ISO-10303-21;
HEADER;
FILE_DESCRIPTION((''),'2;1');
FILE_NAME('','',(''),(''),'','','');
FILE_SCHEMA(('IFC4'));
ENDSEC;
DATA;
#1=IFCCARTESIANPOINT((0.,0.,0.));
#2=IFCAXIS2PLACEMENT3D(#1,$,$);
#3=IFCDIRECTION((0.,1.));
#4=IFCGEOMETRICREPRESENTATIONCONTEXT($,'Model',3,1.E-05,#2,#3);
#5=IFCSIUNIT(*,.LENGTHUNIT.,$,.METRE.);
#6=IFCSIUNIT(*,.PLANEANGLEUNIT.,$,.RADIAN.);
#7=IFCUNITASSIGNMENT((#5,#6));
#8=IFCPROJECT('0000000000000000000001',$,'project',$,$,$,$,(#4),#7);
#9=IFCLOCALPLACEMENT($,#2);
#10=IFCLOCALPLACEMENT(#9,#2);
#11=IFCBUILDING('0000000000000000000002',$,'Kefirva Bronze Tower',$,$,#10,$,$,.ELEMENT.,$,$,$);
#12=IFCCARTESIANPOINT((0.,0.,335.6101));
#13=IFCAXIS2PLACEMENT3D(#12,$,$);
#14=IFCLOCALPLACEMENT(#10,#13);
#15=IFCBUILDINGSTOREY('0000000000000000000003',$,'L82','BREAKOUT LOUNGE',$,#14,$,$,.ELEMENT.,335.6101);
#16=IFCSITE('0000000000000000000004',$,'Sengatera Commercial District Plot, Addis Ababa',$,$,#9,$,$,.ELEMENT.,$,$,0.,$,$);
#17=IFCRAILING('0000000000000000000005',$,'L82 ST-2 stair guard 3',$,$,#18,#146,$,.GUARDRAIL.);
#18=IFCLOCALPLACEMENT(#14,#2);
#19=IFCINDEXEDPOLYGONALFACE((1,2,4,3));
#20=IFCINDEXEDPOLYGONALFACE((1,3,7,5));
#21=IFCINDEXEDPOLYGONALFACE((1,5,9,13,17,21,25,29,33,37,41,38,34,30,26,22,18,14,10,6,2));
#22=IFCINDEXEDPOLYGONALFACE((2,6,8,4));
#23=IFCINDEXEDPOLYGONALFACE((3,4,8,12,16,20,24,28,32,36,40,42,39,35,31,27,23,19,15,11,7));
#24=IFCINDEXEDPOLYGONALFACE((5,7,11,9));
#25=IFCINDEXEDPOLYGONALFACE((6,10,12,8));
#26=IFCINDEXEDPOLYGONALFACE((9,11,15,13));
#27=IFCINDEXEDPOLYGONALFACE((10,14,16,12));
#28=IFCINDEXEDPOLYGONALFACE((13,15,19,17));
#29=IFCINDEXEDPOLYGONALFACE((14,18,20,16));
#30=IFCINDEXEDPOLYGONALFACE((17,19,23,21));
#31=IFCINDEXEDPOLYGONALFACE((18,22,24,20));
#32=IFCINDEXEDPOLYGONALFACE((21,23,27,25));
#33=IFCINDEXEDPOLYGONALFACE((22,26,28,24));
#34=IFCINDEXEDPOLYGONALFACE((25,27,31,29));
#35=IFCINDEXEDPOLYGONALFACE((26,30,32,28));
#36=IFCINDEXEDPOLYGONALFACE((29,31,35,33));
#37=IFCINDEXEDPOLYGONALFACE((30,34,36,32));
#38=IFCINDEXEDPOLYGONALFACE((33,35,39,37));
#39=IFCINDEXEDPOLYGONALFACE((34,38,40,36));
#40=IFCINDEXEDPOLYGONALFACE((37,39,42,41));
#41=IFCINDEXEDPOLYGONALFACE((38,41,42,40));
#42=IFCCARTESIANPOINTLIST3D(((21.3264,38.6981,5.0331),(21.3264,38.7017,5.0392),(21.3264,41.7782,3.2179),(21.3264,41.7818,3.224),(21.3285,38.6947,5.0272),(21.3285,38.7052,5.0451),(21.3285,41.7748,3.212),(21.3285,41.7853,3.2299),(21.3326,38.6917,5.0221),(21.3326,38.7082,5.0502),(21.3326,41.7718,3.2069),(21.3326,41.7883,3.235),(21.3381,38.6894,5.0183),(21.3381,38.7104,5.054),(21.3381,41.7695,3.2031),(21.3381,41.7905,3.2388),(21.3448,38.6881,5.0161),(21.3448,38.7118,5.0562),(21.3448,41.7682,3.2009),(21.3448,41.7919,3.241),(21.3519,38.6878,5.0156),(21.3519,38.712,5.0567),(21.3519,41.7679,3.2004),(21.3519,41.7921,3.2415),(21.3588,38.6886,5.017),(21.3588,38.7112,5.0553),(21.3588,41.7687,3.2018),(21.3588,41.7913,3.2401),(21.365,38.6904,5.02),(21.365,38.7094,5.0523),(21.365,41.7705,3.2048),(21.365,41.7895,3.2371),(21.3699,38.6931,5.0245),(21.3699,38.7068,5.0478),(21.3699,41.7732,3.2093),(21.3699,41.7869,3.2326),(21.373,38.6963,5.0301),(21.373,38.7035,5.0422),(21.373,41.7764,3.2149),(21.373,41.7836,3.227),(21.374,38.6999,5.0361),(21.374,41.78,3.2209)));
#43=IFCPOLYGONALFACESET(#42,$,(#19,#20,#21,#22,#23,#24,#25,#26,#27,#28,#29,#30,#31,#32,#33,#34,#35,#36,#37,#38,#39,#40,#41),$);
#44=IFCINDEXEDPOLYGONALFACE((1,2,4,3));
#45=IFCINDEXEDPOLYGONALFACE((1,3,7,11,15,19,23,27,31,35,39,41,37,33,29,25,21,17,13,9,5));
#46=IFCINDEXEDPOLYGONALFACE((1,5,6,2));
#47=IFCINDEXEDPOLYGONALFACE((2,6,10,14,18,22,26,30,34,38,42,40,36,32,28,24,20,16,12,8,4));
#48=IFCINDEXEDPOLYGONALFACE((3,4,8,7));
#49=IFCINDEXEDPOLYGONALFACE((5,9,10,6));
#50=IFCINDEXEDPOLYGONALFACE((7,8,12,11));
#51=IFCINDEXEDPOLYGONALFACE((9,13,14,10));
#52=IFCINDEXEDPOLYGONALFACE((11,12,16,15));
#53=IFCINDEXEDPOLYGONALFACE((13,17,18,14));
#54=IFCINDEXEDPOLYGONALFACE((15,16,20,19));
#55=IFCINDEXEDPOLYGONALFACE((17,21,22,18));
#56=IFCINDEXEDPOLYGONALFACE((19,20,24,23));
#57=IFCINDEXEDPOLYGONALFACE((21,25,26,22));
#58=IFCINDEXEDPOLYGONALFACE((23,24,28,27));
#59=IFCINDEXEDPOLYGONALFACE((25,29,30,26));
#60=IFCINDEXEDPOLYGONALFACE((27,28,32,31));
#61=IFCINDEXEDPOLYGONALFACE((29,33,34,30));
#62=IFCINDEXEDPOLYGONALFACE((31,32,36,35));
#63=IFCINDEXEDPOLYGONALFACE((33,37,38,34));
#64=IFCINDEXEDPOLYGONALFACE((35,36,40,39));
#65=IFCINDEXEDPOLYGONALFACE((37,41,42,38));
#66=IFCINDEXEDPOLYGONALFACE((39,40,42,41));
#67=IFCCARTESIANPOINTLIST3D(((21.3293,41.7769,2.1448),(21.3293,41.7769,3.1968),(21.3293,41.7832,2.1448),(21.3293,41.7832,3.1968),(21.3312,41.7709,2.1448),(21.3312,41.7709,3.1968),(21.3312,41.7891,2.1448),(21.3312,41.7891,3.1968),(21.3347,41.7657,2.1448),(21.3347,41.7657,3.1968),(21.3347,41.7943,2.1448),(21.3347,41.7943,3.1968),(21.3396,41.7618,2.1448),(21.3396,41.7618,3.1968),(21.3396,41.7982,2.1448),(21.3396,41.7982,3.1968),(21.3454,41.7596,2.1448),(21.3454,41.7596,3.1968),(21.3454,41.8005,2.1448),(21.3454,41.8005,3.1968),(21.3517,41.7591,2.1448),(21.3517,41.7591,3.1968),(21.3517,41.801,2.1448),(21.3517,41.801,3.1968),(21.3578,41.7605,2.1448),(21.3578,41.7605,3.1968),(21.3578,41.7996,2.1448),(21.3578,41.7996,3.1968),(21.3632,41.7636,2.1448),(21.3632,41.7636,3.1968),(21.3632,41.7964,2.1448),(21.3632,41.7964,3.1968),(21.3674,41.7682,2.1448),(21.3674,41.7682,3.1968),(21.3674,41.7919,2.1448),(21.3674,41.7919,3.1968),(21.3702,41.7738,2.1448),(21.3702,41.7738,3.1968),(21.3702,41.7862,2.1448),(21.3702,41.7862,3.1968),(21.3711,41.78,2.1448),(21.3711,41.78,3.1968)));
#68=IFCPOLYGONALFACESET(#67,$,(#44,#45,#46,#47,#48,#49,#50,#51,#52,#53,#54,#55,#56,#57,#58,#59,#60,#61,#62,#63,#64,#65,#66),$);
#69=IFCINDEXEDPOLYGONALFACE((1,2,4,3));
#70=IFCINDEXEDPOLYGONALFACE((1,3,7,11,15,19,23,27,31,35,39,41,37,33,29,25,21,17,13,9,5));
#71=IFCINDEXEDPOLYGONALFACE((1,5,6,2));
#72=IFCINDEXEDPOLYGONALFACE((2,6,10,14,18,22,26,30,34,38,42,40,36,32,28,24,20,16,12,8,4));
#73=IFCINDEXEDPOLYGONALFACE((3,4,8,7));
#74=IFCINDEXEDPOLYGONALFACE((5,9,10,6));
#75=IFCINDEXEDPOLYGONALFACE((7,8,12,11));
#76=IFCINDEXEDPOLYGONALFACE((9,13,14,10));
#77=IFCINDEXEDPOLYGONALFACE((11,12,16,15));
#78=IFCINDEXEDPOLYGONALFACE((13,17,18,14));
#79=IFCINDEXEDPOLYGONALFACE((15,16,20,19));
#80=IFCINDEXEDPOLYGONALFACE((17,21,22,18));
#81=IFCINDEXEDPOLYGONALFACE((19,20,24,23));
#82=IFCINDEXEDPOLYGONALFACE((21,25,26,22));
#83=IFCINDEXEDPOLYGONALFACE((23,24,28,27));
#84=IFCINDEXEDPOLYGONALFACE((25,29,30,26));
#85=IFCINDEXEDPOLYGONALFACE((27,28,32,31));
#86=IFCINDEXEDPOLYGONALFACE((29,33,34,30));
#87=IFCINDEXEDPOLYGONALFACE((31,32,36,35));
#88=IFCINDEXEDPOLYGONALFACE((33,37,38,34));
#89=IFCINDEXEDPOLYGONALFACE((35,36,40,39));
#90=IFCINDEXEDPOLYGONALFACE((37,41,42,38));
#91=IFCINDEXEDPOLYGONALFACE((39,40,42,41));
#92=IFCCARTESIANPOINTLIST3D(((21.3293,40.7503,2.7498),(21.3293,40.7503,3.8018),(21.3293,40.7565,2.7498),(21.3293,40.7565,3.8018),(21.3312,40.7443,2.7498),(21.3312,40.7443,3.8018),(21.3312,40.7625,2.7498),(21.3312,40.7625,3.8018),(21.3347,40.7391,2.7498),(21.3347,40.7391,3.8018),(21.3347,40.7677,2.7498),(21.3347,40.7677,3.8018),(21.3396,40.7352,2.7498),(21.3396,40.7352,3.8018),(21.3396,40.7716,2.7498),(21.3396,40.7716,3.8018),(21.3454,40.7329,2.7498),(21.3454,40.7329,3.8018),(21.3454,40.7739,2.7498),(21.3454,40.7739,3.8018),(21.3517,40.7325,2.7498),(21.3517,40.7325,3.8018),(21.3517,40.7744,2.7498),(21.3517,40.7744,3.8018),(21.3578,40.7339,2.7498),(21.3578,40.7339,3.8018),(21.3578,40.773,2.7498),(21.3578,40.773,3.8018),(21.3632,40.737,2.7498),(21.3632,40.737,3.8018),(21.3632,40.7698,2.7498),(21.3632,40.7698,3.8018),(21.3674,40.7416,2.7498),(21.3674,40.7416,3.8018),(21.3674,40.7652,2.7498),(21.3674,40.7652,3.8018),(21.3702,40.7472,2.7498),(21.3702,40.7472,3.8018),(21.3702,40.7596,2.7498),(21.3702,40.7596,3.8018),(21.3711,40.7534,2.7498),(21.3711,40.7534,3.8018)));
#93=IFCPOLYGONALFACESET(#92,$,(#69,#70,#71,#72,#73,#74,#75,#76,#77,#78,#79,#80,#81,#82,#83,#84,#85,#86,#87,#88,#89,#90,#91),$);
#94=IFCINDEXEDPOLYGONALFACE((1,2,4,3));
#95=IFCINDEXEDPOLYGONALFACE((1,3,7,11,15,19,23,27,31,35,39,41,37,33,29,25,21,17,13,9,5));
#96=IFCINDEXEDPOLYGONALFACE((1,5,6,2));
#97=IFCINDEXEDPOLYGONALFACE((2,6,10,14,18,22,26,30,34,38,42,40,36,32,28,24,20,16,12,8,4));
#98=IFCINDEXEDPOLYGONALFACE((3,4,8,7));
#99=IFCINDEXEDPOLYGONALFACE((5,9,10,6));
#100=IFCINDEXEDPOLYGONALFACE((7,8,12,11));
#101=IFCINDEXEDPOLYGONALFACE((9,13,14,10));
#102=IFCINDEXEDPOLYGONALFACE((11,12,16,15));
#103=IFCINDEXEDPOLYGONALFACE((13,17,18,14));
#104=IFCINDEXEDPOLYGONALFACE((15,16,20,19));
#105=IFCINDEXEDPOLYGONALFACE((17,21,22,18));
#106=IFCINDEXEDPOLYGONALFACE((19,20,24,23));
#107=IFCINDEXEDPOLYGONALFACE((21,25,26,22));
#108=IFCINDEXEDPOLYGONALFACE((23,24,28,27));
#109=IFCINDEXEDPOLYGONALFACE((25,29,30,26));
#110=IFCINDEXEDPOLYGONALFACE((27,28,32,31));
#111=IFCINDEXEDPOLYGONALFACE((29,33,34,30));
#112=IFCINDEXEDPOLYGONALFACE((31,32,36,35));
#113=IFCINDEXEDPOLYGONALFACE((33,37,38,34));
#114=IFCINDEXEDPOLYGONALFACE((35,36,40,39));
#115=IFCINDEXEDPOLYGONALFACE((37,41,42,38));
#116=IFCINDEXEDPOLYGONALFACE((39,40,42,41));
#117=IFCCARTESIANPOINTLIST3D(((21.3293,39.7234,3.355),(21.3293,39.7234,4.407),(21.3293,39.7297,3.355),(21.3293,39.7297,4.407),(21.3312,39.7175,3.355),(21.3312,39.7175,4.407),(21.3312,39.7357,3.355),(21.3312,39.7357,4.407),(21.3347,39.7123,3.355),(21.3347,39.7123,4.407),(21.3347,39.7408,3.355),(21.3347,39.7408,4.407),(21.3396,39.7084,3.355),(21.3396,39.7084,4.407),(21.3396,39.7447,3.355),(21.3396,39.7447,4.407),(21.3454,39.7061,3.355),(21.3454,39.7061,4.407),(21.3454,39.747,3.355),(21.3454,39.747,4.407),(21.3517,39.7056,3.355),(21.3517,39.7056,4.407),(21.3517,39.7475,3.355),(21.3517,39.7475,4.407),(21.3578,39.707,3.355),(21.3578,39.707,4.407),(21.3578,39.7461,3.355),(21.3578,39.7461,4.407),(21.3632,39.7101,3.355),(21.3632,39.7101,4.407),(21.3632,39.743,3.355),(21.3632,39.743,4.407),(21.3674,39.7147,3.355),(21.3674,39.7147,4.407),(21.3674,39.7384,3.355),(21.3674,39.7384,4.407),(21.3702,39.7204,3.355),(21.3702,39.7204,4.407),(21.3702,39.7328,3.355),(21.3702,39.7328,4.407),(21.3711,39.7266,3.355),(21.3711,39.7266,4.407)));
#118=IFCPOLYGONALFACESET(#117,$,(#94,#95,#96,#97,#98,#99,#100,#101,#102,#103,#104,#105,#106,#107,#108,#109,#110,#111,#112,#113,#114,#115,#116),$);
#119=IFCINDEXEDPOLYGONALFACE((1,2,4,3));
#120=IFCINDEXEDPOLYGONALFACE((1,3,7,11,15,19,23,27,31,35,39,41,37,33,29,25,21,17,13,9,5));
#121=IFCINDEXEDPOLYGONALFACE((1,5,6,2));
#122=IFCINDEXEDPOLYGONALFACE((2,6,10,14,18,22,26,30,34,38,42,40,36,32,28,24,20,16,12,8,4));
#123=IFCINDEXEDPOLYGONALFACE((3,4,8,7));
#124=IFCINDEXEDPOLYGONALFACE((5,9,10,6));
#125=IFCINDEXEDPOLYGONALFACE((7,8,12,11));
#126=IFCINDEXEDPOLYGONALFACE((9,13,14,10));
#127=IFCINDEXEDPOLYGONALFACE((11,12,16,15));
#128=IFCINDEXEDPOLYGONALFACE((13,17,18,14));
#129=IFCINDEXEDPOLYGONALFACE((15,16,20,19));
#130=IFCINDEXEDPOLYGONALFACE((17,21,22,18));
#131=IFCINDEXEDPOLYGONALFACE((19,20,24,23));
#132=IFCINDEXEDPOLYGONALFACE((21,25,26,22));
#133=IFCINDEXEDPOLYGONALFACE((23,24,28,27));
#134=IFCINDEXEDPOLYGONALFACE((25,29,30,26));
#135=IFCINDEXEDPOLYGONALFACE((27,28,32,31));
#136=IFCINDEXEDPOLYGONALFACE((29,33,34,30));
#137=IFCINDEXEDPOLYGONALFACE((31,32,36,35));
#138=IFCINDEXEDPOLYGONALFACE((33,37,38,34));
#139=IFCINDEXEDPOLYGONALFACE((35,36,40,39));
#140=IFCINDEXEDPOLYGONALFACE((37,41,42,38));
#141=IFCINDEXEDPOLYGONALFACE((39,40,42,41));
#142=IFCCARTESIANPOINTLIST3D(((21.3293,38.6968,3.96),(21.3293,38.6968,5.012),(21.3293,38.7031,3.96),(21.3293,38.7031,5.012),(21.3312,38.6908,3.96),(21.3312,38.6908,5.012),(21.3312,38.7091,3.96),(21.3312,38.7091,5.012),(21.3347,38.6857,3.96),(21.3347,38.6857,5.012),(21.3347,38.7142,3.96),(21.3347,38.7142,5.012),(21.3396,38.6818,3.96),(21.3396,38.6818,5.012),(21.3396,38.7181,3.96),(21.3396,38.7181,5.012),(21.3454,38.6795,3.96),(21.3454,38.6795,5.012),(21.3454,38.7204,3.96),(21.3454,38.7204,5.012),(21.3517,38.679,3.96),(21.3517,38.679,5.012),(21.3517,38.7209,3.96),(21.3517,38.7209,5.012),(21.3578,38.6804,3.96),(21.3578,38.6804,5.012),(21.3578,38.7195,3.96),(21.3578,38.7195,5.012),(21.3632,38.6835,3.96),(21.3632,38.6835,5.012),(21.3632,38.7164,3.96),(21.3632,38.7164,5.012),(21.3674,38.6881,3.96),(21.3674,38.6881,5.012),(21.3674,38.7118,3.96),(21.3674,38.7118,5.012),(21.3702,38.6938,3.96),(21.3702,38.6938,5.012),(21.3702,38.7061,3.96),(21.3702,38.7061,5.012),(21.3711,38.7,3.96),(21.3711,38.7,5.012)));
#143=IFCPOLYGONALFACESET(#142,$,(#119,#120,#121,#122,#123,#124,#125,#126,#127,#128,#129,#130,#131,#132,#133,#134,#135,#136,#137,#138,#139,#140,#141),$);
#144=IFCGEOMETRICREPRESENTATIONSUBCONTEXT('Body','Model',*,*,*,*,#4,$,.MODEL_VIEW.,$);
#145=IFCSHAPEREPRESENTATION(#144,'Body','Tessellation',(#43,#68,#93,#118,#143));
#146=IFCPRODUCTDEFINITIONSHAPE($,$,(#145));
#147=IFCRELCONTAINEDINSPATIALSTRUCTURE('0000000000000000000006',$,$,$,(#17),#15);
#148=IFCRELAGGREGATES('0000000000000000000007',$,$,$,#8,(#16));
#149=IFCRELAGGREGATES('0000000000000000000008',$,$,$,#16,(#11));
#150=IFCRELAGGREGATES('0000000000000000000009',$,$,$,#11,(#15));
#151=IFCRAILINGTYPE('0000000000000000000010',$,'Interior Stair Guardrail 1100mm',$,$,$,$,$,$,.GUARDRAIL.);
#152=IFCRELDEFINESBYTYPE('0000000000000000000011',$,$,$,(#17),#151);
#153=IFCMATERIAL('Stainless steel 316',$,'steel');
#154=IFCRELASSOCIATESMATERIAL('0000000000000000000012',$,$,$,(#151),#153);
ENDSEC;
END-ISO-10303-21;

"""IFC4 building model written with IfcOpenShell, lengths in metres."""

from ifc_helpers import new_model, si_unit, direction, frame, origin, origin_2d, place, context, subcontext, project, spatial, circle, extrude, material, type_object, element, save


model = new_model("IFC4")

# Units and contexts
model_context = context("Model", 3, precision=1e-05, world=origin(), true_north=direction((0.0, 1.0)))
body_context = subcontext(model_context, "Body", "Model", "MODEL_VIEW")
ifc_project = project(units=[si_unit("LENGTHUNIT", "METRE"), si_unit("PLANEANGLEUNIT", "RADIAN")], contexts=[model_context])

# Site, building, storey
site_placement = place(None, origin())
site = spatial("IfcSite", under=ifc_project, at=site_placement, Name="Sengatera Commercial District Plot, Addis Ababa", CompositionType="ELEMENT", RefElevation=0.0)
building_placement = place(site_placement, origin())
building = spatial("IfcBuilding", under=site, at=building_placement, Name="Kefirva Bronze Tower", CompositionType="ELEMENT")
storey_placement = place(building_placement, frame((0.0, 0.0, 335.6101)))
storey = spatial("IfcBuildingStorey", under=building, at=storey_placement, Name="L82", Description="BREAKOUT LOUNGE", CompositionType="ELEMENT", Elevation=335.6101)

# Railing
ifc_material_1 = material(Name="Stainless steel 316", Category="steel")
railing_type_1 = type_object("IfcRailingType", Name="Interior Stair Guardrail 1100mm", PredefinedType="GUARDRAIL", material=ifc_material_1)
railing_1_placement = place(storey_placement, frame((21.3501, 41.78, 2.1448)))
element("IfcRailing", 1, at=railing_1_placement, inside=storey, type_object=railing_type_1, Name="L82 ST-2 stair guard 3", PredefinedType="GUARDRAIL", context=body_context, shape_type="SweptSolid", body=[
    extrude(circle(Radius=0.0239, at=origin_2d()), frame((0.0, 0.0, 1.0762), z_axis=(0.0, -0.861521, 0.507721), x_axis=(1.0, 0.0, 0.0)), (0.0, 0.0, 1.0), 3.5752),
    extrude(circle(Radius=0.021, at=origin_2d()), origin(), (0.0, 0.0, 1.0), 1.052),
    extrude(circle(Radius=0.021, at=origin_2d()), frame((0.0, -1.0266, 0.605)), (0.0, 0.0, 1.0), 1.052),
    extrude(circle(Radius=0.021, at=origin_2d()), frame((0.0, -2.0535, 1.2102)), (0.0, 0.0, 1.0), 1.052),
    extrude(circle(Radius=0.021, at=origin_2d()), frame((0.0, -3.0801, 1.8152)), (0.0, 0.0, 1.0), 1.052),
])

save(model, "model.ifc")
